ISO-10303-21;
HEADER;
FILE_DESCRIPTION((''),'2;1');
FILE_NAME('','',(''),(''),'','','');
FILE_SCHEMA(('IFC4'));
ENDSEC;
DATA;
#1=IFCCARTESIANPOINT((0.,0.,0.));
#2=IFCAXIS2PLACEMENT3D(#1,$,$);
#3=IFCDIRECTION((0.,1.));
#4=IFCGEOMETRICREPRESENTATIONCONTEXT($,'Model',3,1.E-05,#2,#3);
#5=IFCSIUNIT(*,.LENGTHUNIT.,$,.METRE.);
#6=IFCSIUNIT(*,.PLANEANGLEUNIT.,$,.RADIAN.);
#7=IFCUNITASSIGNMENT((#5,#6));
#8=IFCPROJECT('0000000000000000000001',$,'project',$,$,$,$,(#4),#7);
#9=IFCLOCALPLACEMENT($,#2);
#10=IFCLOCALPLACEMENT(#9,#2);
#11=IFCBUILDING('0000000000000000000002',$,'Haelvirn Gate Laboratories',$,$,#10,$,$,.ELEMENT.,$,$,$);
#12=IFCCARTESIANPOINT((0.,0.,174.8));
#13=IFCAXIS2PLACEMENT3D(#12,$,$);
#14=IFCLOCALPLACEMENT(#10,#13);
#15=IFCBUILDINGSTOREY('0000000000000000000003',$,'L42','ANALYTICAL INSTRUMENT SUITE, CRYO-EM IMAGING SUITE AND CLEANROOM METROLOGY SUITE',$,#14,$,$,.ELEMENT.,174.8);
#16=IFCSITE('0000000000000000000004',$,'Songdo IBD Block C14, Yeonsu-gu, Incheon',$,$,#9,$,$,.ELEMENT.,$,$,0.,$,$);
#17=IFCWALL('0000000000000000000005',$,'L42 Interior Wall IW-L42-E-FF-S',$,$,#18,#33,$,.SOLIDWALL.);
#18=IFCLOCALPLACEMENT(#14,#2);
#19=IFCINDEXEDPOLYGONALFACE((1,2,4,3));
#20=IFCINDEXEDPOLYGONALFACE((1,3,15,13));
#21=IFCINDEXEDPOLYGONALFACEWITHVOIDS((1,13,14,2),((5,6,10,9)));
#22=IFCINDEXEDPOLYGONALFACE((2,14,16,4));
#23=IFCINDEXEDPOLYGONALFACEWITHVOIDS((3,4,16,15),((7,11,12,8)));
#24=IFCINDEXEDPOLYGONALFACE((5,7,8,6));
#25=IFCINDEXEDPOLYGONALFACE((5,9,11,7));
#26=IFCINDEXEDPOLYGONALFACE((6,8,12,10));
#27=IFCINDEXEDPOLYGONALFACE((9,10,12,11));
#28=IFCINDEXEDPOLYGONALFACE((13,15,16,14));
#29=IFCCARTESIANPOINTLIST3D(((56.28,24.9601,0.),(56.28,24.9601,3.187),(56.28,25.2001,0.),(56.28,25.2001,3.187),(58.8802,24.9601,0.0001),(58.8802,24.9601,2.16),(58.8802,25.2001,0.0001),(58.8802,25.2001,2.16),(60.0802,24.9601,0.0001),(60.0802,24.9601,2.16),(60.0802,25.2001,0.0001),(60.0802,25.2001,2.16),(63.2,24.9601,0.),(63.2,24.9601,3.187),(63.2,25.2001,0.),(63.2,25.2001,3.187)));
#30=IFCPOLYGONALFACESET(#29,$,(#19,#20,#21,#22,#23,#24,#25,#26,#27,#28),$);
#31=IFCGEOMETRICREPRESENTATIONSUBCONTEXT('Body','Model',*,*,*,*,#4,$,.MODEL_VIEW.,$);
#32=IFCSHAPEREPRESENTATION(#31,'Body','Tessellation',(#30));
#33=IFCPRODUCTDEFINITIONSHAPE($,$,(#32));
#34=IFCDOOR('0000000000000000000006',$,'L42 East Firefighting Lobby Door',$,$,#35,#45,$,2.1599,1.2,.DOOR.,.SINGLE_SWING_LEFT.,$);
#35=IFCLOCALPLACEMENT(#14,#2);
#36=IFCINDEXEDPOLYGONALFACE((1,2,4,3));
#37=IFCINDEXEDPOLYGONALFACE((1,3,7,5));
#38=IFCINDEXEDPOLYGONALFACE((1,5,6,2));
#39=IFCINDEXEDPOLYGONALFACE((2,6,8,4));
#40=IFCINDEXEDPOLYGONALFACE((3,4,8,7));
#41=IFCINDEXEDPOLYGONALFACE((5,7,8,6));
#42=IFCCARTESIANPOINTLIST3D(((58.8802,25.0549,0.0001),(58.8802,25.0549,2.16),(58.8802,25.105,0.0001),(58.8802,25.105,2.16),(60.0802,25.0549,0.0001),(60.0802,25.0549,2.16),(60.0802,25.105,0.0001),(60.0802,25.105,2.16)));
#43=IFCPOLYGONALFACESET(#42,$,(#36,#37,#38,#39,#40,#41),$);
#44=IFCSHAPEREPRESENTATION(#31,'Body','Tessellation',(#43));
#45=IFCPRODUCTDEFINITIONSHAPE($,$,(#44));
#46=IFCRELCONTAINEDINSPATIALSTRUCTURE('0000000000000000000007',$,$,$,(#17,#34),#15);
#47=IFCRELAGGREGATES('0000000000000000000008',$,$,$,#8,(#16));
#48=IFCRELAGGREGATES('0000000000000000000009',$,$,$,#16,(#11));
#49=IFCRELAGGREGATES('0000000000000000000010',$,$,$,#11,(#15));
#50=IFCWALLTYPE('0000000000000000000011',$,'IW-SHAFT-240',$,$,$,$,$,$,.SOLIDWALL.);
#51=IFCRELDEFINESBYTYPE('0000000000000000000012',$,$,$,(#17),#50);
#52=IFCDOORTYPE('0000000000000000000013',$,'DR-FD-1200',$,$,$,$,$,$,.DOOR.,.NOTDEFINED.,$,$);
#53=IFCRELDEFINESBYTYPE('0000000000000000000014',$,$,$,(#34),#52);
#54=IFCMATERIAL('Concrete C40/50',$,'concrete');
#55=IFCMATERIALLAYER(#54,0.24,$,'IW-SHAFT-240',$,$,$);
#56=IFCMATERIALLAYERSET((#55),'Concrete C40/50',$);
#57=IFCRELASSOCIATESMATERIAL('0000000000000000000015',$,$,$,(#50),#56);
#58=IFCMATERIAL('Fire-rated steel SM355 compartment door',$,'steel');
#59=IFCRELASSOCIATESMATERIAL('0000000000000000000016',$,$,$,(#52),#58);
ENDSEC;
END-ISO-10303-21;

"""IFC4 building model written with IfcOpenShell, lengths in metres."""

from ifc_helpers import new_model, si_unit, direction, frame, frame_2d, origin, place, context, subcontext, project, spatial, rectangle, extrude, source, transform, mapped, material, layer, layer_set, type_object, type_shapes, element, fill, save


model = new_model("IFC4")

# Units and contexts
model_context = context("Model", 3, precision=1e-05, world=origin(), true_north=direction((0.0, 1.0)))
body_context = subcontext(model_context, "Body", "Model", "MODEL_VIEW")
ifc_project = project(units=[si_unit("LENGTHUNIT", "METRE"), si_unit("PLANEANGLEUNIT", "RADIAN")], contexts=[model_context])

# Site, building, storey
site_placement = place(None, origin())
site = spatial("IfcSite", under=ifc_project, at=site_placement, Name="Songdo IBD Block C14, Yeonsu-gu, Incheon", CompositionType="ELEMENT", RefElevation=0.0)
building_placement = place(site_placement, origin())
building = spatial("IfcBuilding", under=site, at=building_placement, Name="Haelvirn Gate Laboratories", CompositionType="ELEMENT")
storey_placement = place(building_placement, frame((0.0, 0.0, 174.8)))
storey = spatial("IfcBuildingStorey", under=building, at=storey_placement, Name="L42", Description="ANALYTICAL INSTRUMENT SUITE, CRYO-EM IMAGING SUITE AND CLEANROOM METROLOGY SUITE", CompositionType="ELEMENT", Elevation=174.8)

# Shared definitions
ifc_material_1 = material(Name="Concrete C40/50", Category="concrete")

# Wall, opening, door
ifc_layer_1 = layer(ifc_material_1, 0.24, Name="IW-SHAFT-240")
ifc_layer_set_1 = layer_set([ifc_layer_1], Name="Concrete C40/50")
wall_type_1 = type_object("IfcWallType", Name="IW-SHAFT-240", PredefinedType="SOLIDWALL", material=ifc_layer_set_1)
wall_1_placement = place(storey_placement, frame((56.28, 25.0801, 0.0), z_axis=(0.0, 0.0, 1.0), x_axis=(1.0, 0.0, 0.0)))
wall_1 = element("IfcWall", 1, at=wall_1_placement, inside=storey, type_object=wall_type_1, Name="L42 Interior Wall IW-L42-E-FF-S", PredefinedType="SOLIDWALL", context=body_context, shape_type="SweptSolid", body=[
    extrude(rectangle(XDim=6.9199, YDim=0.24, at=frame_2d((3.46, 0.0))), origin(), (0.0, 0.0, 1.0), 3.187),
])
opening_1_placement = place(wall_1_placement, frame((2.6001, 0.0, 0.0)))
opening_1 = element("IfcOpeningElement", 2, at=opening_1_placement, cuts=wall_1, PredefinedType="OPENING", context=body_context, shape_type="SweptSolid", body=[
    extrude(rectangle(XDim=1.2, YDim=2.1599, at=frame_2d((0.6001, 1.0801))), frame((0.0, 0.1299, 0.0), z_axis=(0.0, -1.0, 0.0), x_axis=(1.0, 0.0, 0.0)), (0.0, 0.0, 1.0), 0.26),
])
ifc_material_2 = material(Name="Fire-rated steel SM355 compartment door", Category="steel")
door_type_1 = type_object("IfcDoorType", Name="DR-FD-1200", OperationType="NOTDEFINED", PredefinedType="DOOR", material=ifc_material_2)
shared_shape_1 = source(origin(), body_context, "Body", "SweptSolid", [
    extrude(rectangle(XDim=1.2, YDim=2.1599, at=frame_2d((0.6001, 1.0801))), frame((0.0, 0.0249, 0.0), z_axis=(0.0, -1.0, 0.0), x_axis=(1.0, 0.0, 0.0)), (0.0, 0.0, 1.0), 0.05),
])
type_shapes(door_type_1, [shared_shape_1])
door_1_placement = place(opening_1_placement, origin())
door_1 = element("IfcDoor", 3, at=door_1_placement, inside=storey, type_object=door_type_1, Name="L42 East Firefighting Lobby Door", OperationType="SINGLE_SWING_LEFT", OverallHeight=2.1599, OverallWidth=1.2, PredefinedType="DOOR", context=body_context, shape_type="MappedRepresentation", body=[
    mapped(shared_shape_1, transform((0.0, 0.0, 0.0), scale=1.0)),
])
fill(opening_1, door_1)

save(model, "model.ifc")
